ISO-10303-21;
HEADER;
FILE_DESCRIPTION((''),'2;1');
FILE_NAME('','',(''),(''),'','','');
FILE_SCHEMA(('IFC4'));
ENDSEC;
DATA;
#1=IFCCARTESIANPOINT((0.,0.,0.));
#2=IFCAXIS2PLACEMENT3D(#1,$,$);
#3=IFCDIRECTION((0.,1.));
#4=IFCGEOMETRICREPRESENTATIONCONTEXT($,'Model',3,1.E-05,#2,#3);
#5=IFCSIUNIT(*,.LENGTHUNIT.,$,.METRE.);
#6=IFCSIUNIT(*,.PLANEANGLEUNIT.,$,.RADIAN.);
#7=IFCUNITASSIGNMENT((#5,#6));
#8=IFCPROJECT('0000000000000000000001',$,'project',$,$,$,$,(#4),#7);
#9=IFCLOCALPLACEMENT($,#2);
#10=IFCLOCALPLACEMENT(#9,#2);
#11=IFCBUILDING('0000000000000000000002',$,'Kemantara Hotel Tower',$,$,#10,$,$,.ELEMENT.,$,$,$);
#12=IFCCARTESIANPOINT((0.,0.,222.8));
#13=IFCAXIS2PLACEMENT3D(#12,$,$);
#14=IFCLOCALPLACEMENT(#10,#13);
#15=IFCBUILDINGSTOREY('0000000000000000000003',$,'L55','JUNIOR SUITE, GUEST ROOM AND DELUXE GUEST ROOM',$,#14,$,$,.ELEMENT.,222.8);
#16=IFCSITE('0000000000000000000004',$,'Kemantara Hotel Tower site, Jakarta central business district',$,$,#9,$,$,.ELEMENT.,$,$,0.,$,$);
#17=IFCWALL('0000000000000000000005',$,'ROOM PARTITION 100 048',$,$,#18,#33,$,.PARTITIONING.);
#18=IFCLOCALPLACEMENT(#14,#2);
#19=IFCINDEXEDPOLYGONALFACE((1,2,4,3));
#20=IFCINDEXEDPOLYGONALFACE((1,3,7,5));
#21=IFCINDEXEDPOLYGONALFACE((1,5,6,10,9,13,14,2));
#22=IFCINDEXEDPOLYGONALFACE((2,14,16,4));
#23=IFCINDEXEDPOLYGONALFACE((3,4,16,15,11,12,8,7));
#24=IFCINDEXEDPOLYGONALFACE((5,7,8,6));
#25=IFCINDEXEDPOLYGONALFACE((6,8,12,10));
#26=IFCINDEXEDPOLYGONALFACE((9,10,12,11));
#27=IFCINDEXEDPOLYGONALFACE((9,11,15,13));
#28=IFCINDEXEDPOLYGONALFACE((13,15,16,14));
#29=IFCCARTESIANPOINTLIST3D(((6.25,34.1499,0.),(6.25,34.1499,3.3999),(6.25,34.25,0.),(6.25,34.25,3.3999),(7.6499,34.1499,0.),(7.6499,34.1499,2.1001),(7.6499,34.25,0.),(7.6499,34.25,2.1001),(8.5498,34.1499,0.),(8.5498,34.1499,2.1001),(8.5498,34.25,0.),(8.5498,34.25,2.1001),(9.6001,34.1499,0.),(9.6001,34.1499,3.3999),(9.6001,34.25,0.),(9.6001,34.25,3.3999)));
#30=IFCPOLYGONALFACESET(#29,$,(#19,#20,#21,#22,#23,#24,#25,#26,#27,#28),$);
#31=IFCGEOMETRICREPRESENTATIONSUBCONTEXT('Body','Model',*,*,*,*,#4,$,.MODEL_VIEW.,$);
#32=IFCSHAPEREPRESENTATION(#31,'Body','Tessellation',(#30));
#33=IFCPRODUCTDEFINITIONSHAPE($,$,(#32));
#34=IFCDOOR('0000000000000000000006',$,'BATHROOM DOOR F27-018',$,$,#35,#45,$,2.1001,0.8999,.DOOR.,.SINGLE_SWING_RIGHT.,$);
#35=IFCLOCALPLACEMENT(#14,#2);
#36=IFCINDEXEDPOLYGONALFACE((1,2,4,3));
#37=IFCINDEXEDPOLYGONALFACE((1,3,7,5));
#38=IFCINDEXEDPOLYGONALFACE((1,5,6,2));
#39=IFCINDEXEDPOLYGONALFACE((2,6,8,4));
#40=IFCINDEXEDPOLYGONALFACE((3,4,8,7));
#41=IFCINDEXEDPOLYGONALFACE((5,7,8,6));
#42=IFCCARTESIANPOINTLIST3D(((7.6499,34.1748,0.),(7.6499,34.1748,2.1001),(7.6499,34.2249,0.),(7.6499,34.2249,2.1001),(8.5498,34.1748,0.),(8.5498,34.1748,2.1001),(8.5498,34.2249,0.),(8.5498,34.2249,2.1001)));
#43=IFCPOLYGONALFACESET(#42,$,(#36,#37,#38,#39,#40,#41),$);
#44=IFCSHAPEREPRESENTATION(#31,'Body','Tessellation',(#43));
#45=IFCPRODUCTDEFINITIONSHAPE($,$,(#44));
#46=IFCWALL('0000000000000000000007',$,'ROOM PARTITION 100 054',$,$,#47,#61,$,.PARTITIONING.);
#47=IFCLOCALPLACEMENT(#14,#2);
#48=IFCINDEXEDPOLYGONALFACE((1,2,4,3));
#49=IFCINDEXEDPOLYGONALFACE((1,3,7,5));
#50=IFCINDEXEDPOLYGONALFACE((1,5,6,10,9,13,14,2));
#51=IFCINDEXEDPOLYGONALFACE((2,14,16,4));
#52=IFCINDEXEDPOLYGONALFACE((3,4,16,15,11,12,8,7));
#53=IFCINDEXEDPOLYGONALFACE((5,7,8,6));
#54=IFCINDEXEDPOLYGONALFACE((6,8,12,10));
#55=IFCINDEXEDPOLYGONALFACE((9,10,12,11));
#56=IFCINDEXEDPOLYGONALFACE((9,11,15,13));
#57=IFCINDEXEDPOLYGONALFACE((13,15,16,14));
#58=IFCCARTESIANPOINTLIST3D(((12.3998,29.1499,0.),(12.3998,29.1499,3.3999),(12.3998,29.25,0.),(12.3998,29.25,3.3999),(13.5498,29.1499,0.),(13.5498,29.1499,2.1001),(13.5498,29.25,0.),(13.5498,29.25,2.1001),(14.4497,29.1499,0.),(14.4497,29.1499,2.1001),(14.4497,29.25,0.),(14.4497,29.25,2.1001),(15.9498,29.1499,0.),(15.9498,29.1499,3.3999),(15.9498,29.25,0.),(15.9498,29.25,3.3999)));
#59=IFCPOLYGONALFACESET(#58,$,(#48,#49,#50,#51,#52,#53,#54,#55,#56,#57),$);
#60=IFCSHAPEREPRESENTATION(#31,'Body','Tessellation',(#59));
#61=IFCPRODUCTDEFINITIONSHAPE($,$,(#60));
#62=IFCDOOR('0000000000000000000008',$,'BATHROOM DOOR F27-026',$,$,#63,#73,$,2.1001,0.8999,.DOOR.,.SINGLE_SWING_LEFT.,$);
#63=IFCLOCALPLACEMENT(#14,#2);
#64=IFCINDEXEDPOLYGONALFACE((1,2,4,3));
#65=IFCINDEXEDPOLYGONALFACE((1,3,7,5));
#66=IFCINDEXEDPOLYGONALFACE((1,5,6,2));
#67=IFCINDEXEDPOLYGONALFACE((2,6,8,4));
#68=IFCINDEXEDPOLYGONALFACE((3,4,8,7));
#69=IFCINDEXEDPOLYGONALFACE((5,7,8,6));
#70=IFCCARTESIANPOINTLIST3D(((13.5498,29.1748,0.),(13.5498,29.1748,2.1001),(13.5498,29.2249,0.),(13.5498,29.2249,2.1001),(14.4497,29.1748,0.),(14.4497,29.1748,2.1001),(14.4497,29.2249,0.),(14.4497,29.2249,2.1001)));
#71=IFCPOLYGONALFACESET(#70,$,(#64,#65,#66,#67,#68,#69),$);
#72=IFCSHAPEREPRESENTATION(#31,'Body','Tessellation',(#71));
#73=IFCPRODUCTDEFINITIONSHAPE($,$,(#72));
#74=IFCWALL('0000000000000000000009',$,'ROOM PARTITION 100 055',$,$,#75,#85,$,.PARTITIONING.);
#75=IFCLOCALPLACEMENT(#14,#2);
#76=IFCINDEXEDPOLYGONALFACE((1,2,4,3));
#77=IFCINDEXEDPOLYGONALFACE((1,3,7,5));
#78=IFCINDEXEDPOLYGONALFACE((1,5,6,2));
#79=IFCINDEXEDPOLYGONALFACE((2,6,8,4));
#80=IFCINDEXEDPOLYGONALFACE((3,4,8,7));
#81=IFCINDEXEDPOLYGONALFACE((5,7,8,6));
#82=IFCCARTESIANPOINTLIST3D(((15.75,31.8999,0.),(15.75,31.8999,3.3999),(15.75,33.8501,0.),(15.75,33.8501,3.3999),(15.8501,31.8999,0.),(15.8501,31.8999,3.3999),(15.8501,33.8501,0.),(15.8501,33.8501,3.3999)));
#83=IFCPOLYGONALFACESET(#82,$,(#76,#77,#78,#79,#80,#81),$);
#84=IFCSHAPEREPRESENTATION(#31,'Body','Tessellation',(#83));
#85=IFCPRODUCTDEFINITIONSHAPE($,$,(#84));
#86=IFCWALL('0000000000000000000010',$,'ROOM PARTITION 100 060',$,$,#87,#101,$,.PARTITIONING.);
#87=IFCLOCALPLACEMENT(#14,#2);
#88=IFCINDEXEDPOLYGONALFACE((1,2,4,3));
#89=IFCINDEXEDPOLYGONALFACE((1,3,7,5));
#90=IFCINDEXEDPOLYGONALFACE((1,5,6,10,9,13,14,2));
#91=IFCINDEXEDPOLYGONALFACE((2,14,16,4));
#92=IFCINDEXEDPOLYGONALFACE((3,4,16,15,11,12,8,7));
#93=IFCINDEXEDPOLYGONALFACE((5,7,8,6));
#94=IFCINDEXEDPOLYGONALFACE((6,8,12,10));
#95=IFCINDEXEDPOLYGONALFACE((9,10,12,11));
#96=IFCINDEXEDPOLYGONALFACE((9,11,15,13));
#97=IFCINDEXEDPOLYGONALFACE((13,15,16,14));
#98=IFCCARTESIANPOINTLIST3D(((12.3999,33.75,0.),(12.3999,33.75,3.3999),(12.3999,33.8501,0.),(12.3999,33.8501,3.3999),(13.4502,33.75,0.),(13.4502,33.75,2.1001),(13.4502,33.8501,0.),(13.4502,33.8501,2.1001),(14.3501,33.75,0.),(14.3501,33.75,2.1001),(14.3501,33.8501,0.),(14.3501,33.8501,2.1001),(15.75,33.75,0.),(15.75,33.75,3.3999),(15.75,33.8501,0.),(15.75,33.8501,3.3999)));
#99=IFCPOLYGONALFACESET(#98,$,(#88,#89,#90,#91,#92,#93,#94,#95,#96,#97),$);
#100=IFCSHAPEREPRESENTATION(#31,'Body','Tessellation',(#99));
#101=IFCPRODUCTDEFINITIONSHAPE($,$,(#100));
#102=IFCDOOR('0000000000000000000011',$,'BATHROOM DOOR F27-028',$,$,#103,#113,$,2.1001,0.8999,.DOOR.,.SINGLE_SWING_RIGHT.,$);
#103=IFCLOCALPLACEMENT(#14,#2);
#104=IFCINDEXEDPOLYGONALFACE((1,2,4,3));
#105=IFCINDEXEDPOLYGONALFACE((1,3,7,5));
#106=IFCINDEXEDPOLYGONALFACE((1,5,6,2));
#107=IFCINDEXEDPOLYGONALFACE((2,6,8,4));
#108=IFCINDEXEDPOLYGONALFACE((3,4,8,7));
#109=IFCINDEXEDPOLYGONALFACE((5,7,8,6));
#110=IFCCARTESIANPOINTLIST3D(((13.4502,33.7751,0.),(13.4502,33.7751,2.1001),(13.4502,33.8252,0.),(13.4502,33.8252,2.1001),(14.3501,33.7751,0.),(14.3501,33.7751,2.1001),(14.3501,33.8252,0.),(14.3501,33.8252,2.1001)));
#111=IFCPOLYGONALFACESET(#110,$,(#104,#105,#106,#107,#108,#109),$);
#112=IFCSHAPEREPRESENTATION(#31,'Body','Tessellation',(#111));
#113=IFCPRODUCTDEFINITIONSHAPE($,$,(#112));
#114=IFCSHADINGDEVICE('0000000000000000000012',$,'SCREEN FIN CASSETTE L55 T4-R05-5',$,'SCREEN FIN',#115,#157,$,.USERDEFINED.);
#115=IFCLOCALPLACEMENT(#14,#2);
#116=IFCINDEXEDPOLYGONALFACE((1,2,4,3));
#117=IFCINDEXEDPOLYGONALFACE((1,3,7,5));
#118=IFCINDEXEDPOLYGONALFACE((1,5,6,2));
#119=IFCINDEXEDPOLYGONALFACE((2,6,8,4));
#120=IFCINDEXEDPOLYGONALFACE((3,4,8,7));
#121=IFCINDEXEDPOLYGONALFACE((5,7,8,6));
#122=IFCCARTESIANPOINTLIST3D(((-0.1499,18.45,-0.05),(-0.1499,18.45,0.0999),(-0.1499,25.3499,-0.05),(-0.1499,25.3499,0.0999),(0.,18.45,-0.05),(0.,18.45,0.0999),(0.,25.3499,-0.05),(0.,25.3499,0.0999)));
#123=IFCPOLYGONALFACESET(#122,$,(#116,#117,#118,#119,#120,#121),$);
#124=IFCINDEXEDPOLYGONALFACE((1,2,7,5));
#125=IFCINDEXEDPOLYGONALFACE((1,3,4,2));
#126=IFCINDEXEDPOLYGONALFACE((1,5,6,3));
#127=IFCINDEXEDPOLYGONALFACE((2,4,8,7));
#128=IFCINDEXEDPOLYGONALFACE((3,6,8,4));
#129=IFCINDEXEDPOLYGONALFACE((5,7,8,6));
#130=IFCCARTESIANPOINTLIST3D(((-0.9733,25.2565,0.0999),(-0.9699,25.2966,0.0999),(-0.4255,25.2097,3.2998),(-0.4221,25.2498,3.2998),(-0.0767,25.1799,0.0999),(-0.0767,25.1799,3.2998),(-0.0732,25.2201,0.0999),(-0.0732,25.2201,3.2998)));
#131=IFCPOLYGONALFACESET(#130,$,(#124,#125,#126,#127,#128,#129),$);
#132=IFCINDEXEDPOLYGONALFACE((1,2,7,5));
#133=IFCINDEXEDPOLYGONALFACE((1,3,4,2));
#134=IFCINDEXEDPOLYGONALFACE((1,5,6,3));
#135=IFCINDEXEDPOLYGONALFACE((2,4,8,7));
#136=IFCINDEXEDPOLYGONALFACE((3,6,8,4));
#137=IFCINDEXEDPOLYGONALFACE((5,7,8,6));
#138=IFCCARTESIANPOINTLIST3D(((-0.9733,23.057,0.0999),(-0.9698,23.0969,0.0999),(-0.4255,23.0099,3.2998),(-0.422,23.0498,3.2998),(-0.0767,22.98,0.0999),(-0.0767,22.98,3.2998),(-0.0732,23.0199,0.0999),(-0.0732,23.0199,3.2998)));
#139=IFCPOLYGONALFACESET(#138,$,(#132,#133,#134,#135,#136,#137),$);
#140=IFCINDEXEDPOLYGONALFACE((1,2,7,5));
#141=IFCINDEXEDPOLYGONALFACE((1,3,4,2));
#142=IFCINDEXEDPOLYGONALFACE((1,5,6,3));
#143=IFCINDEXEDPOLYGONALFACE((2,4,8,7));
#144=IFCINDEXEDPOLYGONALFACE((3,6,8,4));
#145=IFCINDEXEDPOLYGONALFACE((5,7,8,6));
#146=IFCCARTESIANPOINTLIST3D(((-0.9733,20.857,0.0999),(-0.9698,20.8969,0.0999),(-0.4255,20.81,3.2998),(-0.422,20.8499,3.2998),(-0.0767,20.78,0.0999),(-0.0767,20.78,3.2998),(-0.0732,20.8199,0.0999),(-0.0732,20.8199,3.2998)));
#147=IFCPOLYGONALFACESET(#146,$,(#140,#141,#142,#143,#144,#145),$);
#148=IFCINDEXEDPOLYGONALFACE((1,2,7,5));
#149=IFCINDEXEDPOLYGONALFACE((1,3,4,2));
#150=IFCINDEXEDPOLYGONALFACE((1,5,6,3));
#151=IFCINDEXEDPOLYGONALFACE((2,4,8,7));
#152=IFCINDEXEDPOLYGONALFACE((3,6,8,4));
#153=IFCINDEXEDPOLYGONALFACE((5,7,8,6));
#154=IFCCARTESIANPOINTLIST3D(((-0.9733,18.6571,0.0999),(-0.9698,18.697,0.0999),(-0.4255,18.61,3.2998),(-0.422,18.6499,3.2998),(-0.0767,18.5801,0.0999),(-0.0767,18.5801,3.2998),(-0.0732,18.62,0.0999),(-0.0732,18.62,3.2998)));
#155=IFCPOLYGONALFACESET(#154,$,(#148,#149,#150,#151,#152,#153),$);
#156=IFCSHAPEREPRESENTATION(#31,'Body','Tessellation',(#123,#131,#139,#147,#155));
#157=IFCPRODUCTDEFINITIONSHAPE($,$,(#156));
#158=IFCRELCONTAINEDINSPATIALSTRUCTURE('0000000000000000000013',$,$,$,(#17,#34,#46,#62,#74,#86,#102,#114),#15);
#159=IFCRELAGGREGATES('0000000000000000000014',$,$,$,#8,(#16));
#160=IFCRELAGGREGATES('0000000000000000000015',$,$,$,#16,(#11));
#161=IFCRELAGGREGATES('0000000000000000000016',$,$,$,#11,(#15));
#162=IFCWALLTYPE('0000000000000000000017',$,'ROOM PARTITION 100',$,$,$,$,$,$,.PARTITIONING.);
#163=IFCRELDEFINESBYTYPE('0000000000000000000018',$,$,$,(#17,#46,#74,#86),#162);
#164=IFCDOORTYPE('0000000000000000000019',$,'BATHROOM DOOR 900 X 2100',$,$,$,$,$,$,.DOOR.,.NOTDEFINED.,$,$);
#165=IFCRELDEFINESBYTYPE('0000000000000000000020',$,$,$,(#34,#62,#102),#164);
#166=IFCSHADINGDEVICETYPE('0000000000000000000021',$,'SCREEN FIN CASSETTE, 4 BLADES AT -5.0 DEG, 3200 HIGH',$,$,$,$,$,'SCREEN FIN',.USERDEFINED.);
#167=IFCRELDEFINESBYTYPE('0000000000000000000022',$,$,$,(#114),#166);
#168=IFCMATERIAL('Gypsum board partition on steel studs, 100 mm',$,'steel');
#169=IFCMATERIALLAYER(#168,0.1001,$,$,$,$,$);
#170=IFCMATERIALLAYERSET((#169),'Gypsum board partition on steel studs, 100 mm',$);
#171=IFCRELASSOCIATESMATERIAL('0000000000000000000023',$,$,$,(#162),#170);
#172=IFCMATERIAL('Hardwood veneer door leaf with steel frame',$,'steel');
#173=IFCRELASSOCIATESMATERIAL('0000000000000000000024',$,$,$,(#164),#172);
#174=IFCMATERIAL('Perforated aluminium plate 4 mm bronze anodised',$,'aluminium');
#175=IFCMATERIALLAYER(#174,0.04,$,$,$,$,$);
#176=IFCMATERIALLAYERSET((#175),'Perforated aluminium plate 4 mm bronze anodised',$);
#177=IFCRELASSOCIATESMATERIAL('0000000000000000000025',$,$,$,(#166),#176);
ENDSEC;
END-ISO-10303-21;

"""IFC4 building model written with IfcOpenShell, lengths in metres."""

from ifc_helpers import new_model, si_unit, direction, frame, frame_2d, origin, origin_2d, place, context, subcontext, project, spatial, polyline, rectangle, outline, extrude, source, transform, mapped, material, layer, layer_set, type_object, element, fill, save


model = new_model("IFC4")

# Units and contexts
model_context = context("Model", 3, precision=1e-05, world=origin(), true_north=direction((0.0, 1.0)))
body_context = subcontext(model_context, "Body", "Model", "MODEL_VIEW")
ifc_project = project(units=[si_unit("LENGTHUNIT", "METRE"), si_unit("PLANEANGLEUNIT", "RADIAN")], contexts=[model_context])

# Site, building, storey
site_placement = place(None, origin())
site = spatial("IfcSite", under=ifc_project, at=site_placement, Name="Kemantara Hotel Tower site, Jakarta central business district", CompositionType="ELEMENT", RefElevation=0.0)
building_placement = place(site_placement, origin())
building = spatial("IfcBuilding", under=site, at=building_placement, Name="Kemantara Hotel Tower", CompositionType="ELEMENT")
storey_placement = place(building_placement, frame((0.0, 0.0, 222.8)))
storey = spatial("IfcBuildingStorey", under=building, at=storey_placement, Name="L55", Description="JUNIOR SUITE, GUEST ROOM AND DELUXE GUEST ROOM", CompositionType="ELEMENT", Elevation=222.8)

# Shared definitions
ifc_material_1 = material(Name="Hardwood veneer door leaf with steel frame", Category="steel")

# Shared definitions
ifc_material_2 = material(Name="Gypsum board partition on steel studs, 100 mm", Category="steel")
ifc_layer_1 = layer(ifc_material_2, 0.1001)
ifc_layer_set_1 = layer_set([ifc_layer_1], Name="Gypsum board partition on steel studs, 100 mm")
wall_type_1 = type_object("IfcWallType", Name="ROOM PARTITION 100", PredefinedType="PARTITIONING", material=ifc_layer_set_1)

# Walls, openings, doors
wall_1_placement = place(storey_placement, frame((6.25, 34.2, 0.0), z_axis=(0.0, 0.0, 1.0), x_axis=(1.0, 0.0, 0.0)))
wall_1 = element("IfcWall", 1, at=wall_1_placement, inside=storey, type_object=wall_type_1, Name="ROOM PARTITION 100 048", PredefinedType="PARTITIONING", context=body_context, shape_type="SweptSolid", body=[
    extrude(rectangle(XDim=3.3501, YDim=0.1001, at=frame_2d((1.675, 0.0))), origin(), (0.0, 0.0, 1.0), 3.3999),
])
opening_1_placement = place(wall_1_placement, frame((1.3999, 0.0, 0.0)))
opening_1 = element("IfcOpeningElement", 2, at=opening_1_placement, cuts=wall_1, PredefinedType="OPENING", context=body_context, shape_type="SweptSolid", body=[
    extrude(rectangle(XDim=0.8999, YDim=2.1001, at=frame_2d((0.45, 1.05))), frame((0.0, 0.0601, 0.0), z_axis=(0.0, -1.0, 0.0), x_axis=(1.0, 0.0, 0.0)), (0.0, 0.0, 1.0), 0.1201),
])
door_type_1 = type_object("IfcDoorType", Name="BATHROOM DOOR 900 X 2100", OperationType="NOTDEFINED", PredefinedType="DOOR", material=ifc_material_1)
door_1_placement = place(opening_1_placement, origin())
door_1 = element("IfcDoor", 3, at=door_1_placement, inside=storey, type_object=door_type_1, Name="BATHROOM DOOR F27-018", OperationType="SINGLE_SWING_RIGHT", OverallHeight=2.1001, OverallWidth=0.8999, PredefinedType="DOOR", context=body_context, shape_type="SweptSolid", body=[
    extrude(rectangle(XDim=0.8999, YDim=2.1001, at=frame_2d((0.45, 1.05))), frame((0.0, 0.0249, 0.0), z_axis=(0.0, -1.0, 0.0), x_axis=(1.0, 0.0, 0.0)), (0.0, 0.0, 1.0), 0.05),
])
fill(opening_1, door_1)
wall_2_placement = place(storey_placement, frame((12.3999, 29.2, 0.0), z_axis=(0.0, 0.0, 1.0), x_axis=(1.0, 0.0, 0.0)))
wall_2 = element("IfcWall", 4, at=wall_2_placement, inside=storey, type_object=wall_type_1, Name="ROOM PARTITION 100 054", PredefinedType="PARTITIONING", context=body_context, shape_type="SweptSolid", body=[
    extrude(rectangle(XDim=3.55, YDim=0.1001, at=frame_2d((1.7749, 0.0))), origin(), (0.0, 0.0, 1.0), 3.3999),
])
opening_2_placement = place(wall_2_placement, frame((1.1499, 0.0, 0.0)))
opening_2 = element("IfcOpeningElement", 5, at=opening_2_placement, cuts=wall_2, PredefinedType="OPENING", context=body_context, shape_type="SweptSolid", body=[
    extrude(rectangle(XDim=0.8999, YDim=2.1001, at=frame_2d((0.45, 1.05))), frame((0.0, 0.0601, 0.0), z_axis=(0.0, -1.0, 0.0), x_axis=(1.0, 0.0, 0.0)), (0.0, 0.0, 1.0), 0.1201),
])
door_2_placement = place(opening_2_placement, origin())
door_2 = element("IfcDoor", 6, at=door_2_placement, inside=storey, type_object=door_type_1, Name="BATHROOM DOOR F27-026", OperationType="SINGLE_SWING_LEFT", OverallHeight=2.1001, OverallWidth=0.8999, PredefinedType="DOOR", context=body_context, shape_type="SweptSolid", body=[
    extrude(rectangle(XDim=0.8999, YDim=2.1001, at=frame_2d((0.45, 1.05))), frame((0.0, 0.0249, 0.0), z_axis=(0.0, -1.0, 0.0), x_axis=(1.0, 0.0, 0.0)), (0.0, 0.0, 1.0), 0.05),
])
fill(opening_2, door_2)

# Wall
wall_3_placement = place(storey_placement, frame((15.8, 31.8999, 0.0), z_axis=(0.0, 0.0, 1.0), x_axis=(0.0, 1.0, 0.0)))
element("IfcWall", 7, at=wall_3_placement, inside=storey, type_object=wall_type_1, Name="ROOM PARTITION 100 055", PredefinedType="PARTITIONING", context=body_context, shape_type="SweptSolid", body=[
    extrude(rectangle(XDim=1.9502, YDim=0.1001, at=frame_2d((0.9751, 0.0))), origin(), (0.0, 0.0, 1.0), 3.3999),
])

# Wall, opening, door
wall_4_placement = place(storey_placement, frame((15.75, 33.8, 0.0), z_axis=(0.0, 0.0, 1.0), x_axis=(-1.0, 0.0, 0.0)))
wall_4 = element("IfcWall", 8, at=wall_4_placement, inside=storey, type_object=wall_type_1, Name="ROOM PARTITION 100 060", PredefinedType="PARTITIONING", context=body_context, shape_type="SweptSolid", body=[
    extrude(rectangle(XDim=3.3501, YDim=0.1001, at=frame_2d((1.675, 0.0))), origin(), (0.0, 0.0, 1.0), 3.3999),
])
opening_3_placement = place(wall_4_placement, frame((1.3999, 0.0, 0.0)))
opening_3 = element("IfcOpeningElement", 9, at=opening_3_placement, cuts=wall_4, PredefinedType="OPENING", context=body_context, shape_type="SweptSolid", body=[
    extrude(rectangle(XDim=0.8999, YDim=2.1001, at=frame_2d((0.45, 1.05))), frame((0.0, 0.0601, 0.0), z_axis=(0.0, -1.0, 0.0), x_axis=(1.0, 0.0, 0.0)), (0.0, 0.0, 1.0), 0.1201),
])
door_3_placement = place(opening_3_placement, origin())
door_3 = element("IfcDoor", 10, at=door_3_placement, inside=storey, type_object=door_type_1, Name="BATHROOM DOOR F27-028", OperationType="SINGLE_SWING_RIGHT", OverallHeight=2.1001, OverallWidth=0.8999, PredefinedType="DOOR", context=body_context, shape_type="SweptSolid", body=[
    extrude(rectangle(XDim=0.8999, YDim=2.1001, at=frame_2d((0.45, 1.05))), frame((0.0, 0.0249, 0.0), z_axis=(0.0, -1.0, 0.0), x_axis=(1.0, 0.0, 0.0)), (0.0, 0.0, 1.0), 0.05),
])
fill(opening_3, door_3)

# Shading device
ifc_material_3 = material(Name="Perforated aluminium plate 4 mm bronze anodised", Category="aluminium")
ifc_layer_2 = layer(ifc_material_3, 0.04)
ifc_layer_set_2 = layer_set([ifc_layer_2], Name="Perforated aluminium plate 4 mm bronze anodised")
shading_device_type_1 = type_object("IfcShadingDeviceType", Name="SCREEN FIN CASSETTE, 4 BLADES AT -5.0 DEG, 3200 HIGH", ElementType="SCREEN FIN", PredefinedType="USERDEFINED", material=ifc_layer_set_2)
shared_shape_1 = source(origin(), body_context, "Body", "SweptSolid", [
    extrude(rectangle(XDim=6.8999, YDim=0.1499, at=origin_2d()), frame((3.3, -0.075, -0.1499), z_axis=(0.0, 0.0, 1.0), x_axis=(1.0, 0.0, 0.0)), (0.0, 0.0, 1.0), 0.1499),
    extrude(outline(polyline([(0.0, 0.0), (0.8999, 0.0), (0.3501, 3.2), (0.0, 3.2), (0.0, 0.0)])), frame((0.02, -0.0767, 0.0), z_axis=(-0.996376, 0.085056, 0.0), x_axis=(-0.085056, -0.996376, 0.0)), (0.0, 0.0, 1.0), 0.0403),
    extrude(outline(polyline([(0.0, 0.0), (0.8999, 0.0), (0.3501, 3.2), (0.0, 3.2), (0.0, 0.0)])), frame((2.22, -0.0767, 0.0), z_axis=(-0.996332, 0.085575, 0.0), x_axis=(-0.085575, -0.996332, 0.0)), (0.0, 0.0, 1.0), 0.04),
    extrude(outline(polyline([(0.0, 0.0), (0.8999, 0.0), (0.3501, 3.2), (0.0, 3.2), (0.0, 0.0)])), frame((4.4199, -0.0767, 0.0), z_axis=(-0.996332, 0.085575, 0.0), x_axis=(-0.085575, -0.996332, 0.0)), (0.0, 0.0, 1.0), 0.04),
    extrude(outline(polyline([(0.0, 0.0), (0.8999, 0.0), (0.3501, 3.2), (0.0, 3.2), (0.0, 0.0)])), frame((6.6199, -0.0767, 0.0), z_axis=(-0.996332, 0.085575, 0.0), x_axis=(-0.085575, -0.996332, 0.0)), (0.0, 0.0, 1.0), 0.04),
])
shading_device_1_placement = place(storey_placement, frame((0.0, 25.2, 0.0999), z_axis=(0.0, 0.0, 1.0), x_axis=(0.0, -1.0, 0.0)))
element("IfcShadingDevice", 11, at=shading_device_1_placement, inside=storey, type_object=shading_device_type_1, Name="SCREEN FIN CASSETTE L55 T4-R05-5", ObjectType="SCREEN FIN", PredefinedType="USERDEFINED", context=body_context, shape_type="MappedRepresentation", body=[
    mapped(shared_shape_1, transform((0.0, 0.0, 0.0))),
])

save(model, "model.ifc")
